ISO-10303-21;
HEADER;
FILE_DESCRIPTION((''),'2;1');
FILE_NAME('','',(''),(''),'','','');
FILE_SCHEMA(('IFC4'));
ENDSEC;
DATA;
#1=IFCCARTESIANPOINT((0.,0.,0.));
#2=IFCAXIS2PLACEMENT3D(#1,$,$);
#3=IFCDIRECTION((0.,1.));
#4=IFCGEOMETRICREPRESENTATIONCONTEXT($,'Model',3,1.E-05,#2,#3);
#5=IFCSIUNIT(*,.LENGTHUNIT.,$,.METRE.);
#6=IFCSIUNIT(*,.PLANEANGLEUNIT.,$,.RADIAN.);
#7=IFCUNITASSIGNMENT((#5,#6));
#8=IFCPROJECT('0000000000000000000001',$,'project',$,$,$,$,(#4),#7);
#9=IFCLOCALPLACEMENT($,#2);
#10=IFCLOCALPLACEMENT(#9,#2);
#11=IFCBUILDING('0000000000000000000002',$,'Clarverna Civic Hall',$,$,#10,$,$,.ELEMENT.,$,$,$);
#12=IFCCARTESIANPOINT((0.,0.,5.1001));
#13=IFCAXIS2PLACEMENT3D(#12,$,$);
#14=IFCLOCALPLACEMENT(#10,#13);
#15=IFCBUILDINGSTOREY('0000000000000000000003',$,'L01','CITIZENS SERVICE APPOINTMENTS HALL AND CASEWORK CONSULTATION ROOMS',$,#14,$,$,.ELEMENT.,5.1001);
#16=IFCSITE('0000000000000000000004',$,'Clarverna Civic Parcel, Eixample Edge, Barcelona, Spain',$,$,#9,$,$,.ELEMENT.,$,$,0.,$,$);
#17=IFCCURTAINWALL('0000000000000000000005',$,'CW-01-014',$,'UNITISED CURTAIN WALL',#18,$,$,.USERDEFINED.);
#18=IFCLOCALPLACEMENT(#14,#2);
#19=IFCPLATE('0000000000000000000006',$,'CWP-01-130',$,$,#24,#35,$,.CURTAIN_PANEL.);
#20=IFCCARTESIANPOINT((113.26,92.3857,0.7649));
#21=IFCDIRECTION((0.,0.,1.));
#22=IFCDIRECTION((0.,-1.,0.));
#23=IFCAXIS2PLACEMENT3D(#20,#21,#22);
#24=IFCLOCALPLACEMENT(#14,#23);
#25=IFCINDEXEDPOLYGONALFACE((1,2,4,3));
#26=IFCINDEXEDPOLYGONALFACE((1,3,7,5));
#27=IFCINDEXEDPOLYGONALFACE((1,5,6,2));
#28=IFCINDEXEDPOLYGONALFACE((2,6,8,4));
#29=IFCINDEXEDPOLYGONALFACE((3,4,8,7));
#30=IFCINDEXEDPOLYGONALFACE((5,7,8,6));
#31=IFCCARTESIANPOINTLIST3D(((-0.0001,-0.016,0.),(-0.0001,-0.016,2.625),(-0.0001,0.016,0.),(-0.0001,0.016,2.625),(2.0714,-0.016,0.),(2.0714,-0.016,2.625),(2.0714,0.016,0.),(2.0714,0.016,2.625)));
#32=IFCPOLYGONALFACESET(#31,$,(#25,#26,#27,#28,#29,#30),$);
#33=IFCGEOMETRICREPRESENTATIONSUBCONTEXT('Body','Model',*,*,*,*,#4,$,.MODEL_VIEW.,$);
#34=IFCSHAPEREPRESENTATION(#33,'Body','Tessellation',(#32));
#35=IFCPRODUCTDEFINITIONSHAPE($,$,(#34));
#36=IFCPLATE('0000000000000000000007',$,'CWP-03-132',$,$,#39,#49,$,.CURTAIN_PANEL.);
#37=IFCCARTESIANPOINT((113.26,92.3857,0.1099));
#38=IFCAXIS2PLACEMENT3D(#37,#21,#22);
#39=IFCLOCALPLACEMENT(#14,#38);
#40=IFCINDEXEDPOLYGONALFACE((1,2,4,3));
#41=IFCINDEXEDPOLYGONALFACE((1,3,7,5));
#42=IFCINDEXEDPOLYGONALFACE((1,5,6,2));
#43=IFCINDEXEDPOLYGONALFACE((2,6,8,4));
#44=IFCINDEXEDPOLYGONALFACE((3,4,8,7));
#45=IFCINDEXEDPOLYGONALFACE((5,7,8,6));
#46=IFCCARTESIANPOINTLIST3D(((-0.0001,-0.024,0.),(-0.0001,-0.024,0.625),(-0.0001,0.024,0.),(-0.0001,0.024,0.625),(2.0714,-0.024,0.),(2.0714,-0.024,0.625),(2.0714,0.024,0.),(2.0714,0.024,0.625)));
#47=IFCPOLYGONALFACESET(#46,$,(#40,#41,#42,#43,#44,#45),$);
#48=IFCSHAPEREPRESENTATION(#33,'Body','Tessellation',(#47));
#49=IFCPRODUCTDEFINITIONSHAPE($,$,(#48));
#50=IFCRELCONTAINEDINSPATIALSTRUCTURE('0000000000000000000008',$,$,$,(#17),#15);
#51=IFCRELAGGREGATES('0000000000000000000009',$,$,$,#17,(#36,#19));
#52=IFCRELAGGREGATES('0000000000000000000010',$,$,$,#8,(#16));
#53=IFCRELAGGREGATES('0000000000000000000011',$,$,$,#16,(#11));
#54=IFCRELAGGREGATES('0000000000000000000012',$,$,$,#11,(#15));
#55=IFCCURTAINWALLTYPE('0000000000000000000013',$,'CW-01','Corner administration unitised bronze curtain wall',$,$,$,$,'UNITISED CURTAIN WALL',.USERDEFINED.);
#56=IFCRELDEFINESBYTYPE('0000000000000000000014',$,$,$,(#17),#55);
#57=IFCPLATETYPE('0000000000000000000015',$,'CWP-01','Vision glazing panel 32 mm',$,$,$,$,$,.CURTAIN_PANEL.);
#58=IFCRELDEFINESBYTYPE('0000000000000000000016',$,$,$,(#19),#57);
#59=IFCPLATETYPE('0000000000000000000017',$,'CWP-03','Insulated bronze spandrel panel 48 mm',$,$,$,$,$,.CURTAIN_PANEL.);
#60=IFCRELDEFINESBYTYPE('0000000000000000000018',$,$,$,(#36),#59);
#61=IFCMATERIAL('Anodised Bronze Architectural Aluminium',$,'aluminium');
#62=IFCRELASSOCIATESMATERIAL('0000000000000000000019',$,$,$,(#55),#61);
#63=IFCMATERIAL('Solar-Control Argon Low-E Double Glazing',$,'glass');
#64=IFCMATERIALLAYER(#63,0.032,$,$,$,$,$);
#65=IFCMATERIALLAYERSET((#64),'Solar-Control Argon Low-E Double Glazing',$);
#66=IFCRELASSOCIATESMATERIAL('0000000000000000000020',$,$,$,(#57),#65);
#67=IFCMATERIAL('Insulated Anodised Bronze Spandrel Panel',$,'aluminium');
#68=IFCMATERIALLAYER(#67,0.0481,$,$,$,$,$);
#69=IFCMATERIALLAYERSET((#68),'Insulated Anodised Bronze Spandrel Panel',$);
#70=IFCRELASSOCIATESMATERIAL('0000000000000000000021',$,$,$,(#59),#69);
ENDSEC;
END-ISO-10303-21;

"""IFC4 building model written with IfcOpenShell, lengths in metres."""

from ifc_helpers import new_model, si_unit, direction, frame, frame_2d, origin, place, context, subcontext, project, spatial, rectangle, extrude, material, layer, layer_set, type_object, element, aggregate, save


model = new_model("IFC4")

# Units and contexts
model_context = context("Model", 3, precision=1e-05, world=origin(), true_north=direction((0.0, 1.0)))
body_context = subcontext(model_context, "Body", "Model", "MODEL_VIEW")
ifc_project = project(units=[si_unit("LENGTHUNIT", "METRE"), si_unit("PLANEANGLEUNIT", "RADIAN")], contexts=[model_context])

# Site, building, storey
site_placement = place(None, origin())
site = spatial("IfcSite", under=ifc_project, at=site_placement, Name="Clarverna Civic Parcel, Eixample Edge, Barcelona, Spain", CompositionType="ELEMENT", RefElevation=0.0)
building_placement = place(site_placement, origin())
building = spatial("IfcBuilding", under=site, at=building_placement, Name="Clarverna Civic Hall", CompositionType="ELEMENT")
storey_placement = place(building_placement, frame((0.0, 0.0, 5.1001)))
storey = spatial("IfcBuildingStorey", under=building, at=storey_placement, Name="L01", Description="CITIZENS SERVICE APPOINTMENTS HALL AND CASEWORK CONSULTATION ROOMS", CompositionType="ELEMENT", Elevation=5.1001)

# Curtain wall
ifc_material_1 = material(Name="Anodised Bronze Architectural Aluminium", Category="aluminium")
curtain_wall_type = type_object("IfcCurtainWallType", Name="CW-01", Description="Corner administration unitised bronze curtain wall", ElementType="UNITISED CURTAIN WALL", PredefinedType="USERDEFINED", material=ifc_material_1)
curtain_wall_placement = place(storey_placement, origin())
curtain_wall = element("IfcCurtainWall", 1, at=curtain_wall_placement, inside=storey, type_object=curtain_wall_type, Name="CW-01-014", ObjectType="UNITISED CURTAIN WALL", PredefinedType="USERDEFINED")

# Plates
ifc_material_2 = material(Name="Solar-Control Argon Low-E Double Glazing", Category="glass")
ifc_layer_1 = layer(ifc_material_2, 0.032)
ifc_layer_set_1 = layer_set([ifc_layer_1], Name="Solar-Control Argon Low-E Double Glazing")
plate_type_1 = type_object("IfcPlateType", Name="CWP-01", Description="Vision glazing panel 32 mm", PredefinedType="CURTAIN_PANEL", material=ifc_layer_set_1)
plate_1_placement = place(storey_placement, frame((113.26, 92.3857, 0.7649), z_axis=(0.0, 0.0, 1.0), x_axis=(0.0, -1.0, 0.0)))
plate_1 = element("IfcPlate", 2, at=plate_1_placement, type_object=plate_type_1, Name="CWP-01-130", PredefinedType="CURTAIN_PANEL", context=body_context, shape_type="SweptSolid", body=[
    extrude(rectangle(XDim=2.0715, YDim=0.032, at=frame_2d((1.0356, 0.0))), origin(), (0.0, 0.0, 1.0), 2.625),
])
ifc_material_3 = material(Name="Insulated Anodised Bronze Spandrel Panel", Category="aluminium")
ifc_layer_2 = layer(ifc_material_3, 0.0481)
ifc_layer_set_2 = layer_set([ifc_layer_2], Name="Insulated Anodised Bronze Spandrel Panel")
plate_type_2 = type_object("IfcPlateType", Name="CWP-03", Description="Insulated bronze spandrel panel 48 mm", PredefinedType="CURTAIN_PANEL", material=ifc_layer_set_2)
plate_2_placement = place(storey_placement, frame((113.26, 92.3857, 0.1099), z_axis=(0.0, 0.0, 1.0), x_axis=(0.0, -1.0, 0.0)))
plate_2 = element("IfcPlate", 3, at=plate_2_placement, type_object=plate_type_2, Name="CWP-03-132", PredefinedType="CURTAIN_PANEL", context=body_context, shape_type="SweptSolid", body=[
    extrude(rectangle(XDim=2.0715, YDim=0.0481, at=frame_2d((1.0356, 0.0))), origin(), (0.0, 0.0, 1.0), 0.625),
])
aggregate(curtain_wall, [plate_2, plate_1])

save(model, "model.ifc")
